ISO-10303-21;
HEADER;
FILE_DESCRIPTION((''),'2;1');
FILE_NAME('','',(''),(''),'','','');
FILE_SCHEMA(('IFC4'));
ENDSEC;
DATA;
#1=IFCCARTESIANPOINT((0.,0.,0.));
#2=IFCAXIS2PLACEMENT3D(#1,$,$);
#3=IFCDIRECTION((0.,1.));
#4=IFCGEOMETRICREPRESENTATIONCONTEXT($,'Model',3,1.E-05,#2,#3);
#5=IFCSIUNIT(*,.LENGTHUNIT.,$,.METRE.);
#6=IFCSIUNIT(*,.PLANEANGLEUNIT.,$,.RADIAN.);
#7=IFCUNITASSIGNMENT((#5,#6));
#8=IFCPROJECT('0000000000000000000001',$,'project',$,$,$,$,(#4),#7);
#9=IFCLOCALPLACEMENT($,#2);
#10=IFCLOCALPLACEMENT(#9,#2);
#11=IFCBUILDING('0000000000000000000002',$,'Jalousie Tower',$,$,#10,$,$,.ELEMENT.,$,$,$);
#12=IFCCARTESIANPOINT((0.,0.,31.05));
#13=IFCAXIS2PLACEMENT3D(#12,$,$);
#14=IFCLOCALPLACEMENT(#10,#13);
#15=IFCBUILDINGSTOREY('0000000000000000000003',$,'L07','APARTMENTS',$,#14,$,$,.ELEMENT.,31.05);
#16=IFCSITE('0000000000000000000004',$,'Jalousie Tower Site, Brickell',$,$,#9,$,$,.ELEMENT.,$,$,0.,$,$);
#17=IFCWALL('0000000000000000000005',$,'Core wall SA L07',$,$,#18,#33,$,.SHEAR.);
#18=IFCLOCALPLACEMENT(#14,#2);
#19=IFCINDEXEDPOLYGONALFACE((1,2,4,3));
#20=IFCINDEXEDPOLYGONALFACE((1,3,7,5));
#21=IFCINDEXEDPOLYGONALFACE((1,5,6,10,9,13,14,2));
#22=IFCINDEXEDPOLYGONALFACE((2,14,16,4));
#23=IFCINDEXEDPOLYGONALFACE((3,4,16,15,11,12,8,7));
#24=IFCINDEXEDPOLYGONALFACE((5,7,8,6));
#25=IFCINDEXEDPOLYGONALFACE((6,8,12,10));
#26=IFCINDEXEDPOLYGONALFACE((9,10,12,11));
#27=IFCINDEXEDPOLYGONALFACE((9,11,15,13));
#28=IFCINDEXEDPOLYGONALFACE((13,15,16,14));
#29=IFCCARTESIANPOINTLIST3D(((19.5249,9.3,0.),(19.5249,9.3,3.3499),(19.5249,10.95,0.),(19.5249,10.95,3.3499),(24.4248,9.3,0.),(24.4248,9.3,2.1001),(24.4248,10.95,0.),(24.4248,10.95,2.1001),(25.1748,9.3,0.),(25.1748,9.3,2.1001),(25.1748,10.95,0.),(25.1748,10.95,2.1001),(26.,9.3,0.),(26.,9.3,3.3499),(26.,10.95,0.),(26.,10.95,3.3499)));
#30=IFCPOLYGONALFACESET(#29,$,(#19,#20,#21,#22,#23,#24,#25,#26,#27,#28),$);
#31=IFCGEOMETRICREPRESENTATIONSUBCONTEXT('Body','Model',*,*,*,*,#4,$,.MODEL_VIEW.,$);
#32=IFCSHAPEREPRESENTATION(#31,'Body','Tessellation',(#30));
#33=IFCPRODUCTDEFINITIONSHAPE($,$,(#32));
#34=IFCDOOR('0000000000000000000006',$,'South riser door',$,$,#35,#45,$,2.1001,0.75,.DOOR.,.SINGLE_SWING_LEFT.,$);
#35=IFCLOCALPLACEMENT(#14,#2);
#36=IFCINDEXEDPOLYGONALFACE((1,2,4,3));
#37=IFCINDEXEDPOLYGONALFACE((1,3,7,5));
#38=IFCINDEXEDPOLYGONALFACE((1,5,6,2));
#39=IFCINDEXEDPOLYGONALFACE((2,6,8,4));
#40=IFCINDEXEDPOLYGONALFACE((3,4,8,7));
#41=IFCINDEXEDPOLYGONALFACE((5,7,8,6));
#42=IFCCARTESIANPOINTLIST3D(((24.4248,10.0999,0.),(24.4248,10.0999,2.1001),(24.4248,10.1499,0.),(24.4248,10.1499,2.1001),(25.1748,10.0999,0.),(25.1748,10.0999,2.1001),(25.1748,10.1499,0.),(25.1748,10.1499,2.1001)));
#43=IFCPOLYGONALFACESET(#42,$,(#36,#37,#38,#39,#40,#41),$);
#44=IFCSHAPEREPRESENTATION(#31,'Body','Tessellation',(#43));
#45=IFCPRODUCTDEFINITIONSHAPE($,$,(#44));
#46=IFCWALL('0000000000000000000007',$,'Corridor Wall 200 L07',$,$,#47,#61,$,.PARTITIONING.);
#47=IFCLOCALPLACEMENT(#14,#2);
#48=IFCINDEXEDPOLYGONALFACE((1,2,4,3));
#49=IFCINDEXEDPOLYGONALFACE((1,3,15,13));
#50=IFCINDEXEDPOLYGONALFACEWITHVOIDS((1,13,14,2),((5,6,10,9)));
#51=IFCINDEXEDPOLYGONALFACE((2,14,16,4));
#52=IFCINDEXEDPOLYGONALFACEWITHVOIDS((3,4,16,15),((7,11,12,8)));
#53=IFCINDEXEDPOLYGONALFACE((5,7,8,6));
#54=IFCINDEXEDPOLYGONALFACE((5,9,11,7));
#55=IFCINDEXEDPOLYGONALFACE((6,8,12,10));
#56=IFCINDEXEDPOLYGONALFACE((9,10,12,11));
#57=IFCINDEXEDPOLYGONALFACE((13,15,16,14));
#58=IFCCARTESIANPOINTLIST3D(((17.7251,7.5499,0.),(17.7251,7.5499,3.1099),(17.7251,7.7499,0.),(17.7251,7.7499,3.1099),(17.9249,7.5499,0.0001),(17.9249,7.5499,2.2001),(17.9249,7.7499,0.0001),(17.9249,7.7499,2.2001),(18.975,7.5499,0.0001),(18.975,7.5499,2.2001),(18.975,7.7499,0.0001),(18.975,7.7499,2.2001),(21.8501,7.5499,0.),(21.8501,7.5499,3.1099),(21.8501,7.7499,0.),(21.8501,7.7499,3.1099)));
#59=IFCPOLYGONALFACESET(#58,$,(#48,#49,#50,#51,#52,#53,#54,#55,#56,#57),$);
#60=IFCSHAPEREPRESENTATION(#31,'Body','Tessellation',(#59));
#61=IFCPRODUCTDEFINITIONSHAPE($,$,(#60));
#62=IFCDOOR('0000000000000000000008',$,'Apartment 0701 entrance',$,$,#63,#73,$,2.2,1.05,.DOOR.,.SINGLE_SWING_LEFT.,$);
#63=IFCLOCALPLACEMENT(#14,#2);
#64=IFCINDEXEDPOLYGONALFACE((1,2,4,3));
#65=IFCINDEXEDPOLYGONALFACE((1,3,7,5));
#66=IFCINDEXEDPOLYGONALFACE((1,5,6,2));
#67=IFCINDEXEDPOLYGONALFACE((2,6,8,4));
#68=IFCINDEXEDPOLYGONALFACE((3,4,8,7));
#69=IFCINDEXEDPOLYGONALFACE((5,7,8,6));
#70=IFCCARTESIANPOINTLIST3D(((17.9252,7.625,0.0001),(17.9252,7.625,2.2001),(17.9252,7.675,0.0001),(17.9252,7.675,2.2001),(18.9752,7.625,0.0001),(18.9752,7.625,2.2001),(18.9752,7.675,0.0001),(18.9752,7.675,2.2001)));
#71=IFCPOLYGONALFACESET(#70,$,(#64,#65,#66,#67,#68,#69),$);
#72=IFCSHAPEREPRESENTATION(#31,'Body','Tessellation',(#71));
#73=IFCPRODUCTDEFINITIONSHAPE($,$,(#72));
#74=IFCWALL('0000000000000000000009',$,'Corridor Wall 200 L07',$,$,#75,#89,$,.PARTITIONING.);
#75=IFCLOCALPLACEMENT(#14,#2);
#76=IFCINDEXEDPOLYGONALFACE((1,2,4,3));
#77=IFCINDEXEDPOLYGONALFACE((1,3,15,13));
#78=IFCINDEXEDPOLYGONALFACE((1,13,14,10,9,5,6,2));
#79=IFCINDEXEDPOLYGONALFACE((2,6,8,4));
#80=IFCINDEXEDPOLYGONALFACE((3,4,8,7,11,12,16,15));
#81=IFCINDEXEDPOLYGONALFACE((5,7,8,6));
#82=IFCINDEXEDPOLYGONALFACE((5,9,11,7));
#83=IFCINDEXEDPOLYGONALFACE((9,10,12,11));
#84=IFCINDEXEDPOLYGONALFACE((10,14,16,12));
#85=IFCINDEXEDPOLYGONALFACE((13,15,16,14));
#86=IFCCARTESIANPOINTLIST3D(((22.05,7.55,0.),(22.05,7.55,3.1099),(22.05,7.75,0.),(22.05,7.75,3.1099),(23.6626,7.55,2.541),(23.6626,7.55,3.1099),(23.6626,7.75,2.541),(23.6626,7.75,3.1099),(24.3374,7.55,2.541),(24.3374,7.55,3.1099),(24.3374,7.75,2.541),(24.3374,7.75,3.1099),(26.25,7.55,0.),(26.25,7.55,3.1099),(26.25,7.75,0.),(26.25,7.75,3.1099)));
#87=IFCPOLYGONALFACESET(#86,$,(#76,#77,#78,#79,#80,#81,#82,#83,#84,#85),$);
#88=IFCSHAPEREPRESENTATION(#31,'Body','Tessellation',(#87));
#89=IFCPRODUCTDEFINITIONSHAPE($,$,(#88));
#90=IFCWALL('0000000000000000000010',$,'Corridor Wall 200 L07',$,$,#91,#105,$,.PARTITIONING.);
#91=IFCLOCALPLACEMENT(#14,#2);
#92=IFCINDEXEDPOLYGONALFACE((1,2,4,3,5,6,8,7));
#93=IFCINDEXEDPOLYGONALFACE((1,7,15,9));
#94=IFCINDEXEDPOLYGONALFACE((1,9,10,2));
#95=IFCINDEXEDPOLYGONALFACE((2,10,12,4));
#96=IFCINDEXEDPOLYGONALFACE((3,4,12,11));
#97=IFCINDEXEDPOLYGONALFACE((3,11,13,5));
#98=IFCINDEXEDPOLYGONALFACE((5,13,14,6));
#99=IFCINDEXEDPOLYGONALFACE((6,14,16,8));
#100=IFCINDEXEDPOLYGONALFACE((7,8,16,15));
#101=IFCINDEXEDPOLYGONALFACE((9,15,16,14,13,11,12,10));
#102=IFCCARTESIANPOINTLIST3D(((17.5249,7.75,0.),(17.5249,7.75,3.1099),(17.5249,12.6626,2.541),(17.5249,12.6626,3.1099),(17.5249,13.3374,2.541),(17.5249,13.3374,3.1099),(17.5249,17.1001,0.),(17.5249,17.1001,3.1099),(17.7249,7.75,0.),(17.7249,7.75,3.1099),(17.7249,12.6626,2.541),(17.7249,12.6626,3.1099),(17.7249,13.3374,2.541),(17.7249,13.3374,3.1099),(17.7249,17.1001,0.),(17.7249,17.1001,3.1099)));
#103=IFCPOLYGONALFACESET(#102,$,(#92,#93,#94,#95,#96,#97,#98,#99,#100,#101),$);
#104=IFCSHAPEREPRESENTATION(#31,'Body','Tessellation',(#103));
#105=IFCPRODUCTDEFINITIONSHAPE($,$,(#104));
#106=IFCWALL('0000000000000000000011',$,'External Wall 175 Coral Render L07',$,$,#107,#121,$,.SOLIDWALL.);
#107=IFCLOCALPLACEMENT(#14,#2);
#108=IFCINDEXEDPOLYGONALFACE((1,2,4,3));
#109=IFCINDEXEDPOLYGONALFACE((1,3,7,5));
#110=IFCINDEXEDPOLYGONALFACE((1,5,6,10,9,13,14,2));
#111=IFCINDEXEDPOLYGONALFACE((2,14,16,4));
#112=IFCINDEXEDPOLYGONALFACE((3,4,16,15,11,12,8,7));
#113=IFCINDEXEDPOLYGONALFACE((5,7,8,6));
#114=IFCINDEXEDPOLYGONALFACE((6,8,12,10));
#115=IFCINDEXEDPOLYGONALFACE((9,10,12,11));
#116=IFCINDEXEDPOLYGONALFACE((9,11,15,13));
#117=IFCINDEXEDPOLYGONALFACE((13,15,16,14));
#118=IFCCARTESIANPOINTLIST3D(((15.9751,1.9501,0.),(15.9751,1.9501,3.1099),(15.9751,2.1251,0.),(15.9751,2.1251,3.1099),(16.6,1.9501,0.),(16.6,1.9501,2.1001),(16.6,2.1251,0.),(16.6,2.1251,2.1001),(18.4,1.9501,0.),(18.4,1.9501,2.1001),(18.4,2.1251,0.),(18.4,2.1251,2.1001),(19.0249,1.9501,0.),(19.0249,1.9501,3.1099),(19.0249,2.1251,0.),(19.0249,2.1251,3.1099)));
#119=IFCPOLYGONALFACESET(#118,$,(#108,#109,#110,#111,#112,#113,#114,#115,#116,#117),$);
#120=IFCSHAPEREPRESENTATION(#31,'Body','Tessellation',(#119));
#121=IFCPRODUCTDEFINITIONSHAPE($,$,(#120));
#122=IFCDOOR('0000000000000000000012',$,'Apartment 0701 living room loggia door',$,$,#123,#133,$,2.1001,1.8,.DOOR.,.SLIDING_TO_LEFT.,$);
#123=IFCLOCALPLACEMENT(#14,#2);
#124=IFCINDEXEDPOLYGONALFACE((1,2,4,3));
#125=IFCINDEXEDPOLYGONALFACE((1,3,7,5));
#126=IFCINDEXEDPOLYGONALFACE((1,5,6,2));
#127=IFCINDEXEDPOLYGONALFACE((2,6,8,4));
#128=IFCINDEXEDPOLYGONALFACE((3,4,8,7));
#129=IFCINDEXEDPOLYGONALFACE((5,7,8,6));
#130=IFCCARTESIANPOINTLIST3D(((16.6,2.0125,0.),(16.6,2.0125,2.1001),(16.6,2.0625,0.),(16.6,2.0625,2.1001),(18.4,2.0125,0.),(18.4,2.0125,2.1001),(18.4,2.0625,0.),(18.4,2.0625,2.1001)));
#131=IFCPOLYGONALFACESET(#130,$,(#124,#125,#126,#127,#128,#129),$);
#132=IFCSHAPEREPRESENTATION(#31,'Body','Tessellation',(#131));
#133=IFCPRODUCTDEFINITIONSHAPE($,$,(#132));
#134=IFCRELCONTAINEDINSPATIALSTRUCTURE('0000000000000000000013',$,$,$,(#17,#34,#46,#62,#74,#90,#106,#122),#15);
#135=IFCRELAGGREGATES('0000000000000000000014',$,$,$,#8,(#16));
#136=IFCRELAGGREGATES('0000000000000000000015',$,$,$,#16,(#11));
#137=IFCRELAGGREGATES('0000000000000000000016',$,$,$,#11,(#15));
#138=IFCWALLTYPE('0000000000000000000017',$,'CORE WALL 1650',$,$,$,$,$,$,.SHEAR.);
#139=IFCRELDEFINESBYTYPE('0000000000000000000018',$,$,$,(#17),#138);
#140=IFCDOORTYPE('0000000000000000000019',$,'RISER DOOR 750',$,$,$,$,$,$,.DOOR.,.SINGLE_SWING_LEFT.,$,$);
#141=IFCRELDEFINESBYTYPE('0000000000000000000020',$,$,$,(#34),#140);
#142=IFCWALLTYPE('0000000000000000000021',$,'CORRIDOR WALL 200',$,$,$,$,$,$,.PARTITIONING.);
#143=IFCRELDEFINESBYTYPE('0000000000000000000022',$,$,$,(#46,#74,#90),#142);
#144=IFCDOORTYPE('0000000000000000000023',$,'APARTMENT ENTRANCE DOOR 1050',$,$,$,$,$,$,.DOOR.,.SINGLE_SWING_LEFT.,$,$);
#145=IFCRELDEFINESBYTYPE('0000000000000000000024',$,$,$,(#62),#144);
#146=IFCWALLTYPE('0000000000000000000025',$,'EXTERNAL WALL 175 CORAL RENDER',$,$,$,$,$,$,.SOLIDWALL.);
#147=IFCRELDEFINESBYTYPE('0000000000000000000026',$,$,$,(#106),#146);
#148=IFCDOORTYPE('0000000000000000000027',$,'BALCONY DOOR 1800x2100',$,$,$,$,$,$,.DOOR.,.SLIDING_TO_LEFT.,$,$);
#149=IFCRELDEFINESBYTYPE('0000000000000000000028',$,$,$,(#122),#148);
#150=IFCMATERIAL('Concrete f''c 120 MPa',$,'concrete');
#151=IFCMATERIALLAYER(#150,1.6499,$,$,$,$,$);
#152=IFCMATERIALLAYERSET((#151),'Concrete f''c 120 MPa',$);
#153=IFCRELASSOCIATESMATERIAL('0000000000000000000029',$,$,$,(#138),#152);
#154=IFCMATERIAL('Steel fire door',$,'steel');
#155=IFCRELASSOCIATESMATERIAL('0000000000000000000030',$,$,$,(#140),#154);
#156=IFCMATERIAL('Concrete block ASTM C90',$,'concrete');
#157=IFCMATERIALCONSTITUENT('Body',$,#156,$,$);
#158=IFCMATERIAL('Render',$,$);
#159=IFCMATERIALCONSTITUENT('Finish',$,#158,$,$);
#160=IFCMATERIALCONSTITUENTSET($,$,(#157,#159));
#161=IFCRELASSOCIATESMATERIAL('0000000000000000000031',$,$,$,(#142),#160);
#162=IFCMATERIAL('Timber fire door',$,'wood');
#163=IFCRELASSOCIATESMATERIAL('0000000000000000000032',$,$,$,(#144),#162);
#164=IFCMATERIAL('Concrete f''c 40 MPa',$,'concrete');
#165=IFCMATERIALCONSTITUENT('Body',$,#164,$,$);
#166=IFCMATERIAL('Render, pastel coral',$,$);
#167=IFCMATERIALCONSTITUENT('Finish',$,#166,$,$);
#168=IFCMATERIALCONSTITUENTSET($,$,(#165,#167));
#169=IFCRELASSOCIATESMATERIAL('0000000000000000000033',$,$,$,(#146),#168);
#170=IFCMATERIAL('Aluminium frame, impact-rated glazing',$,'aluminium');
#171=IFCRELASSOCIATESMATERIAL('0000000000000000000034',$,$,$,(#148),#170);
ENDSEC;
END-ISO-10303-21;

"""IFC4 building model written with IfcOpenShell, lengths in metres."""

from ifc_helpers import new_model, si_unit, direction, frame, frame_2d, origin, place, context, subcontext, project, spatial, polyline, rectangle, outline, extrude, material, layer, layer_set, constituent, constituent_set, type_object, element, fill, save


model = new_model("IFC4")

# Units and contexts
model_context = context("Model", 3, precision=1e-05, world=origin(), true_north=direction((0.0, 1.0)))
body_context = subcontext(model_context, "Body", "Model", "MODEL_VIEW")
ifc_project = project(units=[si_unit("LENGTHUNIT", "METRE"), si_unit("PLANEANGLEUNIT", "RADIAN")], contexts=[model_context])

# Site, building, storey
site_placement = place(None, origin())
site = spatial("IfcSite", under=ifc_project, at=site_placement, Name="Jalousie Tower Site, Brickell", CompositionType="ELEMENT", RefElevation=0.0)
building_placement = place(site_placement, origin())
building = spatial("IfcBuilding", under=site, at=building_placement, Name="Jalousie Tower", CompositionType="ELEMENT")
storey_placement = place(building_placement, frame((0.0, 0.0, 31.05)))
storey = spatial("IfcBuildingStorey", under=building, at=storey_placement, Name="L07", Description="APARTMENTS", CompositionType="ELEMENT", Elevation=31.05)

# Walls, openings, doors
ifc_material_1 = material(Name="Concrete f'c 120 MPa", Category="concrete")
ifc_layer_1 = layer(ifc_material_1, 1.6499)
ifc_layer_set_1 = layer_set([ifc_layer_1], Name="Concrete f'c 120 MPa")
wall_type_1 = type_object("IfcWallType", Name="CORE WALL 1650", PredefinedType="SHEAR", material=ifc_layer_set_1)
wall_1_placement = place(storey_placement, frame((19.5249, 10.125, 0.0), z_axis=(0.0, 0.0, 1.0), x_axis=(1.0, 0.0, 0.0)))
wall_1 = element("IfcWall", 1, at=wall_1_placement, inside=storey, type_object=wall_type_1, Name="Core wall SA L07", PredefinedType="SHEAR", context=body_context, shape_type="SweptSolid", body=[
    extrude(rectangle(XDim=6.4751, YDim=1.6499, at=frame_2d((3.2375, 0.0))), origin(), (0.0, 0.0, 1.0), 3.3499),
])
opening_1_placement = place(wall_1_placement, frame((4.8999, 0.0, 0.0)))
opening_1 = element("IfcOpeningElement", 2, at=opening_1_placement, cuts=wall_1, PredefinedType="OPENING", context=body_context, shape_type="SweptSolid", body=[
    extrude(rectangle(XDim=0.75, YDim=2.1001, at=frame_2d((0.375, 1.05))), frame((0.0, 0.835, 0.0), z_axis=(0.0, -1.0, 0.0), x_axis=(1.0, 0.0, 0.0)), (0.0, 0.0, 1.0), 1.6699),
])
ifc_material_2 = material(Name="Steel fire door", Category="steel")
door_type_1 = type_object("IfcDoorType", Name="RISER DOOR 750", OperationType="SINGLE_SWING_LEFT", PredefinedType="DOOR", material=ifc_material_2)
door_1_placement = place(opening_1_placement, origin())
door_1 = element("IfcDoor", 3, at=door_1_placement, inside=storey, type_object=door_type_1, Name="South riser door", OperationType="SINGLE_SWING_LEFT", OverallHeight=2.1001, OverallWidth=0.75, PredefinedType="DOOR", context=body_context, shape_type="SweptSolid", body=[
    extrude(rectangle(XDim=0.75, YDim=2.1001, at=frame_2d((0.375, 1.05))), frame((0.0, 0.0249, 0.0), z_axis=(0.0, -1.0, 0.0), x_axis=(1.0, 0.0, 0.0)), (0.0, 0.0, 1.0), 0.05),
])
fill(opening_1, door_1)
ifc_material_3 = material(Name="Concrete block ASTM C90", Category="concrete")
ifc_constituent_1 = constituent(ifc_material_3, Name="Body")
ifc_material_4 = material(Name="Render")
ifc_constituent_2 = constituent(ifc_material_4, Name="Finish")
ifc_constituent_set_1 = constituent_set(constituents=[ifc_constituent_1, ifc_constituent_2])
wall_type_2 = type_object("IfcWallType", Name="CORRIDOR WALL 200", PredefinedType="PARTITIONING", material=ifc_constituent_set_1)
wall_2_placement = place(storey_placement, frame((17.7251, 7.6499, 0.0), z_axis=(0.0, 0.0, 1.0), x_axis=(1.0, 0.0, 0.0)))
wall_2 = element("IfcWall", 4, at=wall_2_placement, inside=storey, type_object=wall_type_2, Name="Corridor Wall 200 L07", PredefinedType="PARTITIONING", context=body_context, shape_type="SweptSolid", body=[
    extrude(rectangle(XDim=4.125, YDim=0.2, at=frame_2d((2.0625, 0.0))), origin(), (0.0, 0.0, 1.0), 3.1099),
])
opening_2_placement = place(wall_2_placement, frame((0.2, 0.0, 0.0)))
opening_2 = element("IfcOpeningElement", 5, at=opening_2_placement, cuts=wall_2, PredefinedType="OPENING", context=body_context, shape_type="SweptSolid", body=[
    extrude(rectangle(XDim=1.05, YDim=2.2, at=frame_2d((0.5249, 1.1001))), frame((0.0, 0.1099, 0.0), z_axis=(0.0, -1.0, 0.0), x_axis=(1.0, 0.0, 0.0)), (0.0, 0.0, 1.0), 0.22),
])
ifc_material_5 = material(Name="Timber fire door", Category="wood")
door_type_2 = type_object("IfcDoorType", Name="APARTMENT ENTRANCE DOOR 1050", OperationType="SINGLE_SWING_LEFT", PredefinedType="DOOR", material=ifc_material_5)
door_2_placement = place(opening_2_placement, frame((1.05, 0.0, 0.0), z_axis=(0.0, 0.0, 1.0), x_axis=(-1.0, 0.0, 0.0)))
door_2 = element("IfcDoor", 6, at=door_2_placement, inside=storey, type_object=door_type_2, Name="Apartment 0701 entrance", OperationType="SINGLE_SWING_LEFT", OverallHeight=2.2, OverallWidth=1.05, PredefinedType="DOOR", context=body_context, shape_type="SweptSolid", body=[
    extrude(rectangle(XDim=1.05, YDim=2.2, at=frame_2d((0.5249, 1.1001))), frame((0.0, 0.0249, 0.0), z_axis=(0.0, -1.0, 0.0), x_axis=(1.0, 0.0, 0.0)), (0.0, 0.0, 1.0), 0.05),
])
fill(opening_2, door_2)

# Walls
wall_3_placement = place(storey_placement, frame((22.05, 7.6499, 0.0), z_axis=(0.0, 0.0, 1.0), x_axis=(1.0, 0.0, 0.0)))
element("IfcWall", 7, at=wall_3_placement, inside=storey, type_object=wall_type_2, Name="Corridor Wall 200 L07", PredefinedType="PARTITIONING", context=body_context, shape_type="SweptSolid", body=[
    extrude(outline(polyline([(0.0, 0.0), (4.2, 0.0), (4.2, 3.1099), (2.2874, 3.1099), (2.2874, 2.541), (1.6125, 2.541), (1.6125, 3.1099), (0.0, 3.1099), (0.0, 0.0)])), frame((0.0, 0.1001, 0.0), z_axis=(0.0, -1.0, 0.0), x_axis=(1.0, 0.0, 0.0)), (0.0, 0.0, 1.0), 0.2),
])
wall_4_placement = place(storey_placement, frame((17.625, 7.75, 0.0), z_axis=(0.0, 0.0, 1.0), x_axis=(0.0, 1.0, 0.0)))
element("IfcWall", 8, at=wall_4_placement, inside=storey, type_object=wall_type_2, Name="Corridor Wall 200 L07", PredefinedType="PARTITIONING", context=body_context, shape_type="SweptSolid", body=[
    extrude(outline(polyline([(0.0, 0.0), (9.3501, 0.0), (9.3501, 3.1099), (5.5874, 3.1099), (5.5874, 2.541), (4.9126, 2.541), (4.9126, 3.1099), (0.0, 3.1099), (0.0, 0.0)])), frame((0.0, 0.1001, 0.0), z_axis=(0.0, -1.0, 0.0), x_axis=(1.0, 0.0, 0.0)), (0.0, 0.0, 1.0), 0.2),
])

# Wall, opening, door
ifc_material_6 = material(Name="Concrete f'c 40 MPa", Category="concrete")
ifc_constituent_3 = constituent(ifc_material_6, Name="Body")
ifc_material_7 = material(Name="Render, pastel coral")
ifc_constituent_4 = constituent(ifc_material_7, Name="Finish")
ifc_constituent_set_2 = constituent_set(constituents=[ifc_constituent_3, ifc_constituent_4])
wall_type_3 = type_object("IfcWallType", Name="EXTERNAL WALL 175 CORAL RENDER", PredefinedType="SOLIDWALL", material=ifc_constituent_set_2)
wall_5_placement = place(storey_placement, frame((15.9751, 2.0376, 0.0), z_axis=(0.0, 0.0, 1.0), x_axis=(1.0, 0.0, 0.0)))
wall_5 = element("IfcWall", 9, at=wall_5_placement, inside=storey, type_object=wall_type_3, Name="External Wall 175 Coral Render L07", PredefinedType="SOLIDWALL", context=body_context, shape_type="SweptSolid", body=[
    extrude(rectangle(XDim=3.0498, YDim=0.175, at=frame_2d((1.5249, 0.0))), origin(), (0.0, 0.0, 1.0), 3.1099),
])
opening_3_placement = place(wall_5_placement, frame((0.625, 0.0, 0.0)))
opening_3 = element("IfcOpeningElement", 10, at=opening_3_placement, cuts=wall_5, PredefinedType="OPENING", context=body_context, shape_type="SweptSolid", body=[
    extrude(rectangle(XDim=1.8, YDim=2.1001, at=frame_2d((0.8999, 1.05))), frame((0.0, 0.0974, 0.0), z_axis=(0.0, -1.0, 0.0), x_axis=(1.0, 0.0, 0.0)), (0.0, 0.0, 1.0), 0.1951),
])
ifc_material_8 = material(Name="Aluminium frame, impact-rated glazing", Category="aluminium")
door_type_3 = type_object("IfcDoorType", Name="BALCONY DOOR 1800x2100", OperationType="SLIDING_TO_LEFT", PredefinedType="DOOR", material=ifc_material_8)
door_3_placement = place(opening_3_placement, origin())
door_3 = element("IfcDoor", 11, at=door_3_placement, inside=storey, type_object=door_type_3, Name="Apartment 0701 living room loggia door", OperationType="SLIDING_TO_LEFT", OverallHeight=2.1001, OverallWidth=1.8, PredefinedType="DOOR", context=body_context, shape_type="SweptSolid", body=[
    extrude(rectangle(XDim=1.8, YDim=2.1001, at=frame_2d((0.8999, 1.05))), frame((0.0, 0.0249, 0.0), z_axis=(0.0, -1.0, 0.0), x_axis=(1.0, 0.0, 0.0)), (0.0, 0.0, 1.0), 0.05),
])
fill(opening_3, door_3)

save(model, "model.ifc")
